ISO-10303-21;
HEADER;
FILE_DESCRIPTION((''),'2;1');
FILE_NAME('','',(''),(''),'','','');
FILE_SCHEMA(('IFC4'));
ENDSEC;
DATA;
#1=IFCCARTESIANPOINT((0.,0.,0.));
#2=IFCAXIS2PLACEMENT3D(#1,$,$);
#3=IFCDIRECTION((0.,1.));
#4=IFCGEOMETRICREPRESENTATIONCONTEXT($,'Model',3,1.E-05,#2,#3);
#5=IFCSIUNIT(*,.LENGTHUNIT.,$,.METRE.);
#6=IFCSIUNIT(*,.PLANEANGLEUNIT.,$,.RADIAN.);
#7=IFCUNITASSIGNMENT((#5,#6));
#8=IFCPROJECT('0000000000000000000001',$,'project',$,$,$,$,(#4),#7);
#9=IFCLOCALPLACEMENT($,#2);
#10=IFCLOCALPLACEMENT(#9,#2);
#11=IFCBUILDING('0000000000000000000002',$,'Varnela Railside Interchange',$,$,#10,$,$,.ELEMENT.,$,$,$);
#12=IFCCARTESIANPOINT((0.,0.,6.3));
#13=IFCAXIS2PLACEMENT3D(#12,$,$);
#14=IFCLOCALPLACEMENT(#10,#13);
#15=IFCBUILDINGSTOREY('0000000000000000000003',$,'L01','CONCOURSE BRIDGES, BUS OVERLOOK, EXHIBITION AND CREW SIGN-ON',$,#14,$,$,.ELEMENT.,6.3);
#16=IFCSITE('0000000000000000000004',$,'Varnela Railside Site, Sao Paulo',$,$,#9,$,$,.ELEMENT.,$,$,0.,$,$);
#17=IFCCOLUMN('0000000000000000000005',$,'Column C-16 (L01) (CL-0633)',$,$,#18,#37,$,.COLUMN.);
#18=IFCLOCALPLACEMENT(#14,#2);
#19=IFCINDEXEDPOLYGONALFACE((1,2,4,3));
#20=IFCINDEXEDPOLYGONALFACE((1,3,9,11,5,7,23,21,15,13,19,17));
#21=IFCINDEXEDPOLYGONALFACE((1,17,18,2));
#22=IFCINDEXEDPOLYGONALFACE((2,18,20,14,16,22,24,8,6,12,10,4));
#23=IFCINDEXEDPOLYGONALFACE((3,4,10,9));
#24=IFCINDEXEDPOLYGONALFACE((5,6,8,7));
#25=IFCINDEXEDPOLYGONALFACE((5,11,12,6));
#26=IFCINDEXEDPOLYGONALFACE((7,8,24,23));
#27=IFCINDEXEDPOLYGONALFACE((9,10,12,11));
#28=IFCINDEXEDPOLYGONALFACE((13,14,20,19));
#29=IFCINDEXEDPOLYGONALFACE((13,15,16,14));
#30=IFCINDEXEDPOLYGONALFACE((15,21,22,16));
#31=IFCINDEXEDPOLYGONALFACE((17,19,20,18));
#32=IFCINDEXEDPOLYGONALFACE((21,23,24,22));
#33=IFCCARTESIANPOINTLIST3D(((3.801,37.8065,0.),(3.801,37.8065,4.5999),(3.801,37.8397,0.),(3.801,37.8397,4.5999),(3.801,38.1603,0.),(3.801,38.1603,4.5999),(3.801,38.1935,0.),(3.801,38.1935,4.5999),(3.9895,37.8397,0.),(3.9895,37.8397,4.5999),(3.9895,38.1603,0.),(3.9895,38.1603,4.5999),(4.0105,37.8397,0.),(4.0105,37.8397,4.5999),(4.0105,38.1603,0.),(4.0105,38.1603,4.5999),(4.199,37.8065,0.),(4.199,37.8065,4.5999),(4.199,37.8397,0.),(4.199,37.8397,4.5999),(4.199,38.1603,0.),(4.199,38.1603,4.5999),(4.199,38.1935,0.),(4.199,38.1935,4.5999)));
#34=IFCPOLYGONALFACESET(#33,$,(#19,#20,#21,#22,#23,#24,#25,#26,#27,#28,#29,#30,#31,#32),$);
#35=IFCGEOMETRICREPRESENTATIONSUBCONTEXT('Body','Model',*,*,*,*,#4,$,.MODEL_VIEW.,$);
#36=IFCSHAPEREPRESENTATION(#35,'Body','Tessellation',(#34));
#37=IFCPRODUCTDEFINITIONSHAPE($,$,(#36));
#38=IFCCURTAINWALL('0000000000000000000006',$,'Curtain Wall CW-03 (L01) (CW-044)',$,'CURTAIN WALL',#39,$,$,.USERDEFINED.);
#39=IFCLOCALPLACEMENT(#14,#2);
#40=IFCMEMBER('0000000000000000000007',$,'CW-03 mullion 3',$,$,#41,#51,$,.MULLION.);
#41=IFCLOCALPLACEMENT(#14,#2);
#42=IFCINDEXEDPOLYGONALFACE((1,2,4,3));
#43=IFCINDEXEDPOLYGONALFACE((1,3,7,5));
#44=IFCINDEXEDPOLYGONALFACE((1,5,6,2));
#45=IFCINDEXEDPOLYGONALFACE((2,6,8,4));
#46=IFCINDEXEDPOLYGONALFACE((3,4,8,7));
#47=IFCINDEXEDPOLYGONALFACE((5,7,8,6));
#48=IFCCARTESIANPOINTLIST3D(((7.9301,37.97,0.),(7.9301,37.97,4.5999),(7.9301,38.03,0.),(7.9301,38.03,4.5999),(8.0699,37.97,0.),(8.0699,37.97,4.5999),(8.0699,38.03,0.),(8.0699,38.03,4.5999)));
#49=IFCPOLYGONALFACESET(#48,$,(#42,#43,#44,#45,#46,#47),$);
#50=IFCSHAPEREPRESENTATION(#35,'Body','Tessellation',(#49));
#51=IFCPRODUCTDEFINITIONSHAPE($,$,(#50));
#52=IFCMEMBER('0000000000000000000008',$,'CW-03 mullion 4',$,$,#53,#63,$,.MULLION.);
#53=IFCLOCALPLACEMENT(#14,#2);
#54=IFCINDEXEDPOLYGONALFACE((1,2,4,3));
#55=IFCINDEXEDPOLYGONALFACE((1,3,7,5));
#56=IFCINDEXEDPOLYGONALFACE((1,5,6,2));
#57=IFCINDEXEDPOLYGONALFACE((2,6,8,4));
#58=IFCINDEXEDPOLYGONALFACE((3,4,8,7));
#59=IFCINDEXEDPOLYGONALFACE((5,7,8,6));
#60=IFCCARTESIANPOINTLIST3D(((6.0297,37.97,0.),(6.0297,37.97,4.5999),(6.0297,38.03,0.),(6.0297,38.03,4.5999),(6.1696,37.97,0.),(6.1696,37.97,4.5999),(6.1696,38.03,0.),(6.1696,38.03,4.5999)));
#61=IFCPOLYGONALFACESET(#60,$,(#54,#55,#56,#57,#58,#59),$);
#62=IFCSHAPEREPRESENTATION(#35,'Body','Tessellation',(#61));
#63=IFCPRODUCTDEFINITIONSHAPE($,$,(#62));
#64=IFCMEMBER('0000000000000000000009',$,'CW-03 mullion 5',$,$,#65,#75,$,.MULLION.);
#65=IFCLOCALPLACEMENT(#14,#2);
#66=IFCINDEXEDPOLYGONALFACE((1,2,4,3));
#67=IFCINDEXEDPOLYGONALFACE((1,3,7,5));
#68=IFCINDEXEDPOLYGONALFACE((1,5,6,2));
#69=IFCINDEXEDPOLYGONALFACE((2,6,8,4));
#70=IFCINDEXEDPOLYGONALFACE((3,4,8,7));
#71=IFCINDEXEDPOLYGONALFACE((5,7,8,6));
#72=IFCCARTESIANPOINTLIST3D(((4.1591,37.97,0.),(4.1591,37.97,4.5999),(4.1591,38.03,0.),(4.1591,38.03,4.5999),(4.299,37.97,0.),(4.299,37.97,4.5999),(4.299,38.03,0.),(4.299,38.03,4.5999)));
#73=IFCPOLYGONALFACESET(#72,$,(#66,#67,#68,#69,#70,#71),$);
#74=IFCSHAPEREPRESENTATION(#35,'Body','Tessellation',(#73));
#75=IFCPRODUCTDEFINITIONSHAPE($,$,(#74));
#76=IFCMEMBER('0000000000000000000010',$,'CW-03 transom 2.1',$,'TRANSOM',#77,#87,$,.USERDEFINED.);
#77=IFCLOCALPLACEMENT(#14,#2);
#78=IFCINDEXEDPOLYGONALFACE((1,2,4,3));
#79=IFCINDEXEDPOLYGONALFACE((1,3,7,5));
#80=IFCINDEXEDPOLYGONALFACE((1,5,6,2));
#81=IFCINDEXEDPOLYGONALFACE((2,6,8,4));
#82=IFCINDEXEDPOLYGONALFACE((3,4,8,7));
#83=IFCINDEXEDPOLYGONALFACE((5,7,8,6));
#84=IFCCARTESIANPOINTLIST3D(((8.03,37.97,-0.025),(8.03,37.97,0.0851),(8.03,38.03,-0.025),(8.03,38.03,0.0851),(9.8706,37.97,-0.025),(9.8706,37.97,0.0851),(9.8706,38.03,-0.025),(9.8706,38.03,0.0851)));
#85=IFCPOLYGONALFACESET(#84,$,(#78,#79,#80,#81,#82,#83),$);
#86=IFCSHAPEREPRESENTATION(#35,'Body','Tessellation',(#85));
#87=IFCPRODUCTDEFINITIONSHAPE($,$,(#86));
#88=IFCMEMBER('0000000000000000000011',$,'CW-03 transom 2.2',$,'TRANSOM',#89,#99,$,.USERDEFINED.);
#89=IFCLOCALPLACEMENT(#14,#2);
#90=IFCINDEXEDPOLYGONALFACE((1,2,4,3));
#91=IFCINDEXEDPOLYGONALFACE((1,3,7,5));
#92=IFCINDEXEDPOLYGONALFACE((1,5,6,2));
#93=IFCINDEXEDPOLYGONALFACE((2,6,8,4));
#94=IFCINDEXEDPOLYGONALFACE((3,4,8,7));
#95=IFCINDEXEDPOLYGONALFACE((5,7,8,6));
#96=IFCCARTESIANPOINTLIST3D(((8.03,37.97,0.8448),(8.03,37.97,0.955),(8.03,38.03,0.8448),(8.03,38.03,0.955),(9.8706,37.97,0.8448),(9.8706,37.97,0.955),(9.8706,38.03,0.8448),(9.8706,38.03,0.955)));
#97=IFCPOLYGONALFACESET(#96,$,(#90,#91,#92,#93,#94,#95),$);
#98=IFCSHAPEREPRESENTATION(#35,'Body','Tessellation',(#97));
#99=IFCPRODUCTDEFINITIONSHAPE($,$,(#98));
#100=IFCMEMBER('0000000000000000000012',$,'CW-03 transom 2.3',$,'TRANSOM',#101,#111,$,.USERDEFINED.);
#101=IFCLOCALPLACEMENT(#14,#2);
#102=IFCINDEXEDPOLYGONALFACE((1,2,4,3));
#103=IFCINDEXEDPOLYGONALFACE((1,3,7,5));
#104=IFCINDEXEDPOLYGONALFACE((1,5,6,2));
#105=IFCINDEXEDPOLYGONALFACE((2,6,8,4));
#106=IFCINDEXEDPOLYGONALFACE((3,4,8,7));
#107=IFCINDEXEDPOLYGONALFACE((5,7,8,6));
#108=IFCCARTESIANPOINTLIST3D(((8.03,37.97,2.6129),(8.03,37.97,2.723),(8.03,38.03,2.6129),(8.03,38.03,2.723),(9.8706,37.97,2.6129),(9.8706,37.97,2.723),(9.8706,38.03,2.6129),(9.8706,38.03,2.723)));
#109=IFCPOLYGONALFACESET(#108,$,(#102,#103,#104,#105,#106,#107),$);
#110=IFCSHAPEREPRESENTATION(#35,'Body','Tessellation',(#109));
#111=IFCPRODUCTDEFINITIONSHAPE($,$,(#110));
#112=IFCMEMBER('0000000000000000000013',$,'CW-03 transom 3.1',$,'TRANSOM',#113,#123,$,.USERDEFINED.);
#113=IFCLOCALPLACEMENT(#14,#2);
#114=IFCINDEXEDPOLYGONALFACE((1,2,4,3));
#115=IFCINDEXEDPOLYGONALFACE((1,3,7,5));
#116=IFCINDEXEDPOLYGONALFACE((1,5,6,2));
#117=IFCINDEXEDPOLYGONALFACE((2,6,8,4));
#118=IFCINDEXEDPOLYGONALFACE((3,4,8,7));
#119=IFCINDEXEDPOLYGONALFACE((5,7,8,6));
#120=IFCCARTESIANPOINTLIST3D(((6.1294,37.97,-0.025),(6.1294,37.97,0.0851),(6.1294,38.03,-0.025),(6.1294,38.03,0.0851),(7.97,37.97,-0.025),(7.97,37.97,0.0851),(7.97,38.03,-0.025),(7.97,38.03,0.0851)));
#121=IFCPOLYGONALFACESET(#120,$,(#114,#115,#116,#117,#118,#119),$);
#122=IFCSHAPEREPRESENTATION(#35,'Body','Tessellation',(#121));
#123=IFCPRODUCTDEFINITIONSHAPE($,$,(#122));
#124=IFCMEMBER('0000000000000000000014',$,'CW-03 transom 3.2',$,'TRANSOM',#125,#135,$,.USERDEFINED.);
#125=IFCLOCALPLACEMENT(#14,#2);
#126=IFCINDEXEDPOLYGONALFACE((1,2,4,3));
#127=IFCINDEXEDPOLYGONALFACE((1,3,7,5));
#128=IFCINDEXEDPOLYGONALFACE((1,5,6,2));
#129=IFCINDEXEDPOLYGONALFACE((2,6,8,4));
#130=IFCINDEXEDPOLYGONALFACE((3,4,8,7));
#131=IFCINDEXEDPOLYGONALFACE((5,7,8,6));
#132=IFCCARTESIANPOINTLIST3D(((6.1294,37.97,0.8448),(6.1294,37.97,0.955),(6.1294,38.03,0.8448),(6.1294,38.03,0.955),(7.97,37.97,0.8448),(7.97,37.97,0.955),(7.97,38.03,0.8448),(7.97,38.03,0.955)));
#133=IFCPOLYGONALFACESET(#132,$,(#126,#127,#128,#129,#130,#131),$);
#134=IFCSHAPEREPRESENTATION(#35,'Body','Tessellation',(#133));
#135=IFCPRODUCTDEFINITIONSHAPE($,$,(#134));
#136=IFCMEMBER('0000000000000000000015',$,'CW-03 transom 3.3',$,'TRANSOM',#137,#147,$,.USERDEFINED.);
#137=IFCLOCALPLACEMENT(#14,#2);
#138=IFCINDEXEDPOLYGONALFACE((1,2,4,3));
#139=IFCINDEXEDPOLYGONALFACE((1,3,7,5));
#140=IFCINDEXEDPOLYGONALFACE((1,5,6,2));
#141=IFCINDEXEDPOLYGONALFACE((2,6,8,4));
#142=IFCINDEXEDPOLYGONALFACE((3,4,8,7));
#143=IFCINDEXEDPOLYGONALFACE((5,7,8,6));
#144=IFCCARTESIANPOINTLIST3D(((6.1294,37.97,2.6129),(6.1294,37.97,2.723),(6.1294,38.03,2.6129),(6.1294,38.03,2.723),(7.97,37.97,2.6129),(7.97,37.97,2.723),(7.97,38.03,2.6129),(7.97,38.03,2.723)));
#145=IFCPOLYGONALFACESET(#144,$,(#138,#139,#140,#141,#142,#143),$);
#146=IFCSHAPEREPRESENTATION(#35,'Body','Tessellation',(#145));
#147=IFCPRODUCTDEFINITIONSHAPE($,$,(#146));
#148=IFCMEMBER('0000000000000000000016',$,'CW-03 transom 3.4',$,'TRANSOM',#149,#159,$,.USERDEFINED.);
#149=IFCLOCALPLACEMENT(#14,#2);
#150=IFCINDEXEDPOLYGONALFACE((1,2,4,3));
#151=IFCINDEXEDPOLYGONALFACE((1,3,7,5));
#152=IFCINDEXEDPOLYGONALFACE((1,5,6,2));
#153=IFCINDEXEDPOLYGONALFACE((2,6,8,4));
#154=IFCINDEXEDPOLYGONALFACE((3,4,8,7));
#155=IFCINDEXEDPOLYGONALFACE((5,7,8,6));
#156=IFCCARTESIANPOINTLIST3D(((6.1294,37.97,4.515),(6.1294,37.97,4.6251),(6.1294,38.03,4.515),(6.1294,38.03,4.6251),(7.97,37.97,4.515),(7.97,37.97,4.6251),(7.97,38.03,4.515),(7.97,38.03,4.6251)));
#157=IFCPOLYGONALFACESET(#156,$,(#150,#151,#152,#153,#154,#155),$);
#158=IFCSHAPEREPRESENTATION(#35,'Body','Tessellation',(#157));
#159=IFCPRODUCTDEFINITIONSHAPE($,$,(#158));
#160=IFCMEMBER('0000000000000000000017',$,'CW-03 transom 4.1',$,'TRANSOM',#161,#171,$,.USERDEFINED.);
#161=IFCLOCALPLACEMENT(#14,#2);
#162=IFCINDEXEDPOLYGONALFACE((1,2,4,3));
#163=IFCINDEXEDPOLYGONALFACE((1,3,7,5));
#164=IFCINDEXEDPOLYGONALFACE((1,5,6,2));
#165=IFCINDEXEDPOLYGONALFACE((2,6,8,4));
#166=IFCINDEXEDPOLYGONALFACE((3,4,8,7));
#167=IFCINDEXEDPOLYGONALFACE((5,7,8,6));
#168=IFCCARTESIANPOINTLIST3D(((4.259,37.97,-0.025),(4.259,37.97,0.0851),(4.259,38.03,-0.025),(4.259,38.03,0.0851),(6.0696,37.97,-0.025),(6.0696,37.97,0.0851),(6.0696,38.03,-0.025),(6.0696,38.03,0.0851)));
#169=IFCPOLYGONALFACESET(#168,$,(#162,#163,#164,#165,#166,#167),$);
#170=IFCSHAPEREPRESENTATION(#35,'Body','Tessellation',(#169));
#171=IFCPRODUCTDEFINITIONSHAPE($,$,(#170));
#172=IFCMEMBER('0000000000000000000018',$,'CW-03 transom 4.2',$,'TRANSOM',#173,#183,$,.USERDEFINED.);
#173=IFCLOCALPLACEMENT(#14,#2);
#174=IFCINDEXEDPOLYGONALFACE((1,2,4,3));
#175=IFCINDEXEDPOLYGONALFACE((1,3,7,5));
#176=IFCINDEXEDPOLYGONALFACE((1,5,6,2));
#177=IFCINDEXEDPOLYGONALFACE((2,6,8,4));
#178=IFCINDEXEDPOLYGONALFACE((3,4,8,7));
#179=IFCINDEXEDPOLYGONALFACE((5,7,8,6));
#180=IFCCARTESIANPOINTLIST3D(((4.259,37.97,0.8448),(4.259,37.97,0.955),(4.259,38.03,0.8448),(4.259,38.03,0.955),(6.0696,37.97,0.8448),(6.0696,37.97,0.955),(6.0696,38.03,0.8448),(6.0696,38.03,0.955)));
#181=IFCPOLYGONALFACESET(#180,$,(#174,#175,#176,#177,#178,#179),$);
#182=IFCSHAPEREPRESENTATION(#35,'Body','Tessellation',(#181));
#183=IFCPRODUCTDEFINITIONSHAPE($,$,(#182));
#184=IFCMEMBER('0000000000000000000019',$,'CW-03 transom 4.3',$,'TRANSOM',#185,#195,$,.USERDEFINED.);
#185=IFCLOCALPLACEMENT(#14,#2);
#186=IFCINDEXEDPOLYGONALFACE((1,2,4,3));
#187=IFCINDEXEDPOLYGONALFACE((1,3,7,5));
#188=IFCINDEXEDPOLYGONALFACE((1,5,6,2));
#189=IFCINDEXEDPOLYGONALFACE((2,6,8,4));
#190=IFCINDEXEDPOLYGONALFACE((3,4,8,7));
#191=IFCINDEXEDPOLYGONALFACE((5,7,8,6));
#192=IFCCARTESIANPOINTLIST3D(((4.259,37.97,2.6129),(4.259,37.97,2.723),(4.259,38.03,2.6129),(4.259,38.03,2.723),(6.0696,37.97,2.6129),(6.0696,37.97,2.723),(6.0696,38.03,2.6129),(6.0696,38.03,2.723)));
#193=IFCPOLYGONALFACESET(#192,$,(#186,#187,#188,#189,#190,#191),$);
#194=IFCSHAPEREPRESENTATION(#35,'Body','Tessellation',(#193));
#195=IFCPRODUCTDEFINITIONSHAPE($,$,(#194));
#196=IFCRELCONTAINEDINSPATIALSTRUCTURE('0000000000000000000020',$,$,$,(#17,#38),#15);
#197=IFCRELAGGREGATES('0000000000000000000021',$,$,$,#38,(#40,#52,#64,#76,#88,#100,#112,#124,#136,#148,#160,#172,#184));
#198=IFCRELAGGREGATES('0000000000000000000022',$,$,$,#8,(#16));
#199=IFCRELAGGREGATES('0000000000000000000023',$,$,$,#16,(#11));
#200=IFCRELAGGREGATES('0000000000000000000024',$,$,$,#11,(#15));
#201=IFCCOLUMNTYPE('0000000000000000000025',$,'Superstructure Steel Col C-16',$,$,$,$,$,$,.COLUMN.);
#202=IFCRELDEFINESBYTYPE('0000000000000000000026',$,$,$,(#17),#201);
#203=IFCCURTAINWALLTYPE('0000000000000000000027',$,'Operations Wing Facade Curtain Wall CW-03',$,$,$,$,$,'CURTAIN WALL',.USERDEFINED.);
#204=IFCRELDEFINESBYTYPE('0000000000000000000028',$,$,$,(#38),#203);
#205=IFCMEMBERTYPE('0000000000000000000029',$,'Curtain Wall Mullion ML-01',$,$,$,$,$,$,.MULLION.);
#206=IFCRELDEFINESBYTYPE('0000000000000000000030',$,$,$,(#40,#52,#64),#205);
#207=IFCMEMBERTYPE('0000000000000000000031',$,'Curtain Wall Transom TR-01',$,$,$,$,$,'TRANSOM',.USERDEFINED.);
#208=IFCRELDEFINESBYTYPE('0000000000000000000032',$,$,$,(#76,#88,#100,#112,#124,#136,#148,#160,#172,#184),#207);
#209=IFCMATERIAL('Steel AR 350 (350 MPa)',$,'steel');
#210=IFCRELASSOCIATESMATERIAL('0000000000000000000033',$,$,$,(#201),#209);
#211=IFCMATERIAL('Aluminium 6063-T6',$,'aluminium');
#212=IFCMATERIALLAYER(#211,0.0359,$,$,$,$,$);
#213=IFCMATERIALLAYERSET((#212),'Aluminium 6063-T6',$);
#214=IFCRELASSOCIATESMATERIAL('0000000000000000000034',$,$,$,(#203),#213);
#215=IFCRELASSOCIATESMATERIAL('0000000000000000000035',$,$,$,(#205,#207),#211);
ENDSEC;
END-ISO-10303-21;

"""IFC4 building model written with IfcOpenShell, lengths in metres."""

from ifc_helpers import new_model, si_unit, direction, frame, origin, origin_2d, place, context, subcontext, project, spatial, rectangle, i_section, extrude, material, layer, layer_set, material_profile, profile_set, type_object, element, aggregate, save


model = new_model("IFC4")

# Units and contexts
model_context = context("Model", 3, precision=1e-05, world=origin(), true_north=direction((0.0, 1.0)))
body_context = subcontext(model_context, "Body", "Model", "MODEL_VIEW")
ifc_project = project(units=[si_unit("LENGTHUNIT", "METRE"), si_unit("PLANEANGLEUNIT", "RADIAN")], contexts=[model_context])

# Site, building, storey
site_placement = place(None, origin())
site = spatial("IfcSite", under=ifc_project, at=site_placement, Name="Varnela Railside Site, Sao Paulo", CompositionType="ELEMENT", RefElevation=0.0)
building_placement = place(site_placement, origin())
building = spatial("IfcBuilding", under=site, at=building_placement, Name="Varnela Railside Interchange", CompositionType="ELEMENT")
storey_placement = place(building_placement, frame((0.0, 0.0, 6.3)))
storey = spatial("IfcBuildingStorey", under=building, at=storey_placement, Name="L01", Description="CONCOURSE BRIDGES, BUS OVERLOOK, EXHIBITION AND CREW SIGN-ON", CompositionType="ELEMENT", Elevation=6.3)

# Column
ifc_material_1 = material(Name="Steel AR 350 (350 MPa)", Category="steel")
ifc_material_profile_1 = material_profile(ifc_material_1, i_section(OverallWidth=0.3979, OverallDepth=0.387, WebThickness=0.021, FlangeThickness=0.0332, at=origin_2d()), Name="W360x262")
ifc_profile_set_1 = profile_set([ifc_material_profile_1], Name="Steel AR 350 (350 MPa)")
column_type = type_object("IfcColumnType", Name="Superstructure Steel Col C-16", PredefinedType="COLUMN", material=ifc_profile_set_1)
column_placement = place(storey_placement, frame((4.0, 38.0, 0.0), z_axis=(0.0, 0.0, 1.0), x_axis=(1.0, 0.0, 0.0)))
element("IfcColumn", 1, at=column_placement, inside=storey, type_object=column_type, Name="Column C-16 (L01) (CL-0633)", PredefinedType="COLUMN", context=body_context, shape_type="SweptSolid", body=[
    extrude(i_section(OverallWidth=0.3979, OverallDepth=0.387, WebThickness=0.021, FlangeThickness=0.0332, at=origin_2d()), origin(), (0.0, 0.0, 1.0), 4.5999),
])

# Curtain wall, members
ifc_material_2 = material(Name="Aluminium 6063-T6", Category="aluminium")
ifc_layer_1 = layer(ifc_material_2, 0.0359)
ifc_layer_set_1 = layer_set([ifc_layer_1], Name="Aluminium 6063-T6")
curtain_wall_type = type_object("IfcCurtainWallType", Name="Operations Wing Facade Curtain Wall CW-03", ElementType="CURTAIN WALL", PredefinedType="USERDEFINED", material=ifc_layer_set_1)
curtain_wall_placement = place(storey_placement, origin())
curtain_wall = element("IfcCurtainWall", 2, at=curtain_wall_placement, inside=storey, type_object=curtain_wall_type, Name="Curtain Wall CW-03 (L01) (CW-044)", ObjectType="CURTAIN WALL", PredefinedType="USERDEFINED")
ifc_material_profile_2 = material_profile(ifc_material_2, rectangle(XDim=0.0601, YDim=0.1399, at=origin_2d()), Name="ALU 60x140")
ifc_profile_set_2 = profile_set([ifc_material_profile_2], Name="Aluminium 6063-T6")
member_type_1 = type_object("IfcMemberType", Name="Curtain Wall Mullion ML-01", PredefinedType="MULLION", material=ifc_profile_set_2)
member_1_placement = place(storey_placement, frame((8.0, 38.0, 0.0), z_axis=(0.0, 0.0, 1.0), x_axis=(0.0, -1.0, 0.0)))
member_1 = element("IfcMember", 3, at=member_1_placement, type_object=member_type_1, Name="CW-03 mullion 3", PredefinedType="MULLION", context=body_context, shape_type="SweptSolid", body=[
    extrude(rectangle(XDim=0.0601, YDim=0.1399, at=origin_2d()), origin(), (0.0, 0.0, 1.0), 4.5999),
])
member_2_placement = place(storey_placement, frame((6.0996, 38.0, 0.0), z_axis=(0.0, 0.0, 1.0), x_axis=(0.0, -1.0, 0.0)))
member_2 = element("IfcMember", 4, at=member_2_placement, type_object=member_type_1, Name="CW-03 mullion 4", PredefinedType="MULLION", context=body_context, shape_type="SweptSolid", body=[
    extrude(rectangle(XDim=0.0601, YDim=0.1399, at=origin_2d()), origin(), (0.0, 0.0, 1.0), 4.5999),
])
member_3_placement = place(storey_placement, frame((4.229, 38.0, 0.0), z_axis=(0.0, 0.0, 1.0), x_axis=(0.0, -1.0, 0.0)))
member_3 = element("IfcMember", 5, at=member_3_placement, type_object=member_type_1, Name="CW-03 mullion 5", PredefinedType="MULLION", context=body_context, shape_type="SweptSolid", body=[
    extrude(rectangle(XDim=0.0601, YDim=0.1399, at=origin_2d()), origin(), (0.0, 0.0, 1.0), 4.5999),
])
ifc_material_profile_3 = material_profile(ifc_material_2, rectangle(XDim=0.0601, YDim=0.1101, at=origin_2d()), Name="ALU 60x110")
ifc_profile_set_3 = profile_set([ifc_material_profile_3], Name="Aluminium 6063-T6")
member_type_2 = type_object("IfcMemberType", Name="Curtain Wall Transom TR-01", ElementType="TRANSOM", PredefinedType="USERDEFINED", material=ifc_profile_set_3)
member_4_placement = place(storey_placement, frame((9.8706, 38.0, 0.03), z_axis=(-1.0, 0.0, 0.0), x_axis=(0.0, -1.0, 0.0)))
member_4 = element("IfcMember", 6, at=member_4_placement, type_object=member_type_2, Name="CW-03 transom 2.1", ObjectType="TRANSOM", PredefinedType="USERDEFINED", context=body_context, shape_type="SweptSolid", body=[
    extrude(rectangle(XDim=0.0601, YDim=0.1101, at=origin_2d()), origin(), (0.0, 0.0, 1.0), 1.8406),
])
member_5_placement = place(storey_placement, frame((9.8706, 38.0, 0.8999), z_axis=(-1.0, 0.0, 0.0), x_axis=(0.0, -1.0, 0.0)))
member_5 = element("IfcMember", 7, at=member_5_placement, type_object=member_type_2, Name="CW-03 transom 2.2", ObjectType="TRANSOM", PredefinedType="USERDEFINED", context=body_context, shape_type="SweptSolid", body=[
    extrude(rectangle(XDim=0.0601, YDim=0.1101, at=origin_2d()), origin(), (0.0, 0.0, 1.0), 1.8406),
])
member_6_placement = place(storey_placement, frame((9.8706, 38.0, 2.668), z_axis=(-1.0, 0.0, 0.0), x_axis=(0.0, -1.0, 0.0)))
member_6 = element("IfcMember", 8, at=member_6_placement, type_object=member_type_2, Name="CW-03 transom 2.3", ObjectType="TRANSOM", PredefinedType="USERDEFINED", context=body_context, shape_type="SweptSolid", body=[
    extrude(rectangle(XDim=0.0601, YDim=0.1101, at=origin_2d()), origin(), (0.0, 0.0, 1.0), 1.8406),
])
member_7_placement = place(storey_placement, frame((7.97, 38.0, 0.03), z_axis=(-1.0, 0.0, 0.0), x_axis=(0.0, -1.0, 0.0)))
member_7 = element("IfcMember", 9, at=member_7_placement, type_object=member_type_2, Name="CW-03 transom 3.1", ObjectType="TRANSOM", PredefinedType="USERDEFINED", context=body_context, shape_type="SweptSolid", body=[
    extrude(rectangle(XDim=0.0601, YDim=0.1101, at=origin_2d()), origin(), (0.0, 0.0, 1.0), 1.8406),
])
member_8_placement = place(storey_placement, frame((7.97, 38.0, 0.8999), z_axis=(-1.0, 0.0, 0.0), x_axis=(0.0, -1.0, 0.0)))
member_8 = element("IfcMember", 10, at=member_8_placement, type_object=member_type_2, Name="CW-03 transom 3.2", ObjectType="TRANSOM", PredefinedType="USERDEFINED", context=body_context, shape_type="SweptSolid", body=[
    extrude(rectangle(XDim=0.0601, YDim=0.1101, at=origin_2d()), origin(), (0.0, 0.0, 1.0), 1.8406),
])
member_9_placement = place(storey_placement, frame((7.97, 38.0, 2.668), z_axis=(-1.0, 0.0, 0.0), x_axis=(0.0, -1.0, 0.0)))
member_9 = element("IfcMember", 11, at=member_9_placement, type_object=member_type_2, Name="CW-03 transom 3.3", ObjectType="TRANSOM", PredefinedType="USERDEFINED", context=body_context, shape_type="SweptSolid", body=[
    extrude(rectangle(XDim=0.0601, YDim=0.1101, at=origin_2d()), origin(), (0.0, 0.0, 1.0), 1.8406),
])
member_10_placement = place(storey_placement, frame((7.97, 38.0, 4.5701), z_axis=(-1.0, 0.0, 0.0), x_axis=(0.0, -1.0, 0.0)))
member_10 = element("IfcMember", 12, at=member_10_placement, type_object=member_type_2, Name="CW-03 transom 3.4", ObjectType="TRANSOM", PredefinedType="USERDEFINED", context=body_context, shape_type="SweptSolid", body=[
    extrude(rectangle(XDim=0.0601, YDim=0.1101, at=origin_2d()), origin(), (0.0, 0.0, 1.0), 1.8406),
])
member_11_placement = place(storey_placement, frame((6.0696, 38.0, 0.03), z_axis=(-1.0, 0.0, 0.0), x_axis=(0.0, -1.0, 0.0)))
member_11 = element("IfcMember", 13, at=member_11_placement, type_object=member_type_2, Name="CW-03 transom 4.1", ObjectType="TRANSOM", PredefinedType="USERDEFINED", context=body_context, shape_type="SweptSolid", body=[
    extrude(rectangle(XDim=0.0601, YDim=0.1101, at=origin_2d()), origin(), (0.0, 0.0, 1.0), 1.8105),
])
member_12_placement = place(storey_placement, frame((6.0696, 38.0, 0.8999), z_axis=(-1.0, 0.0, 0.0), x_axis=(0.0, -1.0, 0.0)))
member_12 = element("IfcMember", 14, at=member_12_placement, type_object=member_type_2, Name="CW-03 transom 4.2", ObjectType="TRANSOM", PredefinedType="USERDEFINED", context=body_context, shape_type="SweptSolid", body=[
    extrude(rectangle(XDim=0.0601, YDim=0.1101, at=origin_2d()), origin(), (0.0, 0.0, 1.0), 1.8105),
])
member_13_placement = place(storey_placement, frame((6.0696, 38.0, 2.668), z_axis=(-1.0, 0.0, 0.0), x_axis=(0.0, -1.0, 0.0)))
member_13 = element("IfcMember", 15, at=member_13_placement, type_object=member_type_2, Name="CW-03 transom 4.3", ObjectType="TRANSOM", PredefinedType="USERDEFINED", context=body_context, shape_type="SweptSolid", body=[
    extrude(rectangle(XDim=0.0601, YDim=0.1101, at=origin_2d()), origin(), (0.0, 0.0, 1.0), 1.8105),
])

aggregate(curtain_wall, [member_1, member_2, member_3, member_4, member_5, member_6, member_7, member_8, member_9, member_10, member_11, member_12, member_13])

save(model, "model.ifc")
